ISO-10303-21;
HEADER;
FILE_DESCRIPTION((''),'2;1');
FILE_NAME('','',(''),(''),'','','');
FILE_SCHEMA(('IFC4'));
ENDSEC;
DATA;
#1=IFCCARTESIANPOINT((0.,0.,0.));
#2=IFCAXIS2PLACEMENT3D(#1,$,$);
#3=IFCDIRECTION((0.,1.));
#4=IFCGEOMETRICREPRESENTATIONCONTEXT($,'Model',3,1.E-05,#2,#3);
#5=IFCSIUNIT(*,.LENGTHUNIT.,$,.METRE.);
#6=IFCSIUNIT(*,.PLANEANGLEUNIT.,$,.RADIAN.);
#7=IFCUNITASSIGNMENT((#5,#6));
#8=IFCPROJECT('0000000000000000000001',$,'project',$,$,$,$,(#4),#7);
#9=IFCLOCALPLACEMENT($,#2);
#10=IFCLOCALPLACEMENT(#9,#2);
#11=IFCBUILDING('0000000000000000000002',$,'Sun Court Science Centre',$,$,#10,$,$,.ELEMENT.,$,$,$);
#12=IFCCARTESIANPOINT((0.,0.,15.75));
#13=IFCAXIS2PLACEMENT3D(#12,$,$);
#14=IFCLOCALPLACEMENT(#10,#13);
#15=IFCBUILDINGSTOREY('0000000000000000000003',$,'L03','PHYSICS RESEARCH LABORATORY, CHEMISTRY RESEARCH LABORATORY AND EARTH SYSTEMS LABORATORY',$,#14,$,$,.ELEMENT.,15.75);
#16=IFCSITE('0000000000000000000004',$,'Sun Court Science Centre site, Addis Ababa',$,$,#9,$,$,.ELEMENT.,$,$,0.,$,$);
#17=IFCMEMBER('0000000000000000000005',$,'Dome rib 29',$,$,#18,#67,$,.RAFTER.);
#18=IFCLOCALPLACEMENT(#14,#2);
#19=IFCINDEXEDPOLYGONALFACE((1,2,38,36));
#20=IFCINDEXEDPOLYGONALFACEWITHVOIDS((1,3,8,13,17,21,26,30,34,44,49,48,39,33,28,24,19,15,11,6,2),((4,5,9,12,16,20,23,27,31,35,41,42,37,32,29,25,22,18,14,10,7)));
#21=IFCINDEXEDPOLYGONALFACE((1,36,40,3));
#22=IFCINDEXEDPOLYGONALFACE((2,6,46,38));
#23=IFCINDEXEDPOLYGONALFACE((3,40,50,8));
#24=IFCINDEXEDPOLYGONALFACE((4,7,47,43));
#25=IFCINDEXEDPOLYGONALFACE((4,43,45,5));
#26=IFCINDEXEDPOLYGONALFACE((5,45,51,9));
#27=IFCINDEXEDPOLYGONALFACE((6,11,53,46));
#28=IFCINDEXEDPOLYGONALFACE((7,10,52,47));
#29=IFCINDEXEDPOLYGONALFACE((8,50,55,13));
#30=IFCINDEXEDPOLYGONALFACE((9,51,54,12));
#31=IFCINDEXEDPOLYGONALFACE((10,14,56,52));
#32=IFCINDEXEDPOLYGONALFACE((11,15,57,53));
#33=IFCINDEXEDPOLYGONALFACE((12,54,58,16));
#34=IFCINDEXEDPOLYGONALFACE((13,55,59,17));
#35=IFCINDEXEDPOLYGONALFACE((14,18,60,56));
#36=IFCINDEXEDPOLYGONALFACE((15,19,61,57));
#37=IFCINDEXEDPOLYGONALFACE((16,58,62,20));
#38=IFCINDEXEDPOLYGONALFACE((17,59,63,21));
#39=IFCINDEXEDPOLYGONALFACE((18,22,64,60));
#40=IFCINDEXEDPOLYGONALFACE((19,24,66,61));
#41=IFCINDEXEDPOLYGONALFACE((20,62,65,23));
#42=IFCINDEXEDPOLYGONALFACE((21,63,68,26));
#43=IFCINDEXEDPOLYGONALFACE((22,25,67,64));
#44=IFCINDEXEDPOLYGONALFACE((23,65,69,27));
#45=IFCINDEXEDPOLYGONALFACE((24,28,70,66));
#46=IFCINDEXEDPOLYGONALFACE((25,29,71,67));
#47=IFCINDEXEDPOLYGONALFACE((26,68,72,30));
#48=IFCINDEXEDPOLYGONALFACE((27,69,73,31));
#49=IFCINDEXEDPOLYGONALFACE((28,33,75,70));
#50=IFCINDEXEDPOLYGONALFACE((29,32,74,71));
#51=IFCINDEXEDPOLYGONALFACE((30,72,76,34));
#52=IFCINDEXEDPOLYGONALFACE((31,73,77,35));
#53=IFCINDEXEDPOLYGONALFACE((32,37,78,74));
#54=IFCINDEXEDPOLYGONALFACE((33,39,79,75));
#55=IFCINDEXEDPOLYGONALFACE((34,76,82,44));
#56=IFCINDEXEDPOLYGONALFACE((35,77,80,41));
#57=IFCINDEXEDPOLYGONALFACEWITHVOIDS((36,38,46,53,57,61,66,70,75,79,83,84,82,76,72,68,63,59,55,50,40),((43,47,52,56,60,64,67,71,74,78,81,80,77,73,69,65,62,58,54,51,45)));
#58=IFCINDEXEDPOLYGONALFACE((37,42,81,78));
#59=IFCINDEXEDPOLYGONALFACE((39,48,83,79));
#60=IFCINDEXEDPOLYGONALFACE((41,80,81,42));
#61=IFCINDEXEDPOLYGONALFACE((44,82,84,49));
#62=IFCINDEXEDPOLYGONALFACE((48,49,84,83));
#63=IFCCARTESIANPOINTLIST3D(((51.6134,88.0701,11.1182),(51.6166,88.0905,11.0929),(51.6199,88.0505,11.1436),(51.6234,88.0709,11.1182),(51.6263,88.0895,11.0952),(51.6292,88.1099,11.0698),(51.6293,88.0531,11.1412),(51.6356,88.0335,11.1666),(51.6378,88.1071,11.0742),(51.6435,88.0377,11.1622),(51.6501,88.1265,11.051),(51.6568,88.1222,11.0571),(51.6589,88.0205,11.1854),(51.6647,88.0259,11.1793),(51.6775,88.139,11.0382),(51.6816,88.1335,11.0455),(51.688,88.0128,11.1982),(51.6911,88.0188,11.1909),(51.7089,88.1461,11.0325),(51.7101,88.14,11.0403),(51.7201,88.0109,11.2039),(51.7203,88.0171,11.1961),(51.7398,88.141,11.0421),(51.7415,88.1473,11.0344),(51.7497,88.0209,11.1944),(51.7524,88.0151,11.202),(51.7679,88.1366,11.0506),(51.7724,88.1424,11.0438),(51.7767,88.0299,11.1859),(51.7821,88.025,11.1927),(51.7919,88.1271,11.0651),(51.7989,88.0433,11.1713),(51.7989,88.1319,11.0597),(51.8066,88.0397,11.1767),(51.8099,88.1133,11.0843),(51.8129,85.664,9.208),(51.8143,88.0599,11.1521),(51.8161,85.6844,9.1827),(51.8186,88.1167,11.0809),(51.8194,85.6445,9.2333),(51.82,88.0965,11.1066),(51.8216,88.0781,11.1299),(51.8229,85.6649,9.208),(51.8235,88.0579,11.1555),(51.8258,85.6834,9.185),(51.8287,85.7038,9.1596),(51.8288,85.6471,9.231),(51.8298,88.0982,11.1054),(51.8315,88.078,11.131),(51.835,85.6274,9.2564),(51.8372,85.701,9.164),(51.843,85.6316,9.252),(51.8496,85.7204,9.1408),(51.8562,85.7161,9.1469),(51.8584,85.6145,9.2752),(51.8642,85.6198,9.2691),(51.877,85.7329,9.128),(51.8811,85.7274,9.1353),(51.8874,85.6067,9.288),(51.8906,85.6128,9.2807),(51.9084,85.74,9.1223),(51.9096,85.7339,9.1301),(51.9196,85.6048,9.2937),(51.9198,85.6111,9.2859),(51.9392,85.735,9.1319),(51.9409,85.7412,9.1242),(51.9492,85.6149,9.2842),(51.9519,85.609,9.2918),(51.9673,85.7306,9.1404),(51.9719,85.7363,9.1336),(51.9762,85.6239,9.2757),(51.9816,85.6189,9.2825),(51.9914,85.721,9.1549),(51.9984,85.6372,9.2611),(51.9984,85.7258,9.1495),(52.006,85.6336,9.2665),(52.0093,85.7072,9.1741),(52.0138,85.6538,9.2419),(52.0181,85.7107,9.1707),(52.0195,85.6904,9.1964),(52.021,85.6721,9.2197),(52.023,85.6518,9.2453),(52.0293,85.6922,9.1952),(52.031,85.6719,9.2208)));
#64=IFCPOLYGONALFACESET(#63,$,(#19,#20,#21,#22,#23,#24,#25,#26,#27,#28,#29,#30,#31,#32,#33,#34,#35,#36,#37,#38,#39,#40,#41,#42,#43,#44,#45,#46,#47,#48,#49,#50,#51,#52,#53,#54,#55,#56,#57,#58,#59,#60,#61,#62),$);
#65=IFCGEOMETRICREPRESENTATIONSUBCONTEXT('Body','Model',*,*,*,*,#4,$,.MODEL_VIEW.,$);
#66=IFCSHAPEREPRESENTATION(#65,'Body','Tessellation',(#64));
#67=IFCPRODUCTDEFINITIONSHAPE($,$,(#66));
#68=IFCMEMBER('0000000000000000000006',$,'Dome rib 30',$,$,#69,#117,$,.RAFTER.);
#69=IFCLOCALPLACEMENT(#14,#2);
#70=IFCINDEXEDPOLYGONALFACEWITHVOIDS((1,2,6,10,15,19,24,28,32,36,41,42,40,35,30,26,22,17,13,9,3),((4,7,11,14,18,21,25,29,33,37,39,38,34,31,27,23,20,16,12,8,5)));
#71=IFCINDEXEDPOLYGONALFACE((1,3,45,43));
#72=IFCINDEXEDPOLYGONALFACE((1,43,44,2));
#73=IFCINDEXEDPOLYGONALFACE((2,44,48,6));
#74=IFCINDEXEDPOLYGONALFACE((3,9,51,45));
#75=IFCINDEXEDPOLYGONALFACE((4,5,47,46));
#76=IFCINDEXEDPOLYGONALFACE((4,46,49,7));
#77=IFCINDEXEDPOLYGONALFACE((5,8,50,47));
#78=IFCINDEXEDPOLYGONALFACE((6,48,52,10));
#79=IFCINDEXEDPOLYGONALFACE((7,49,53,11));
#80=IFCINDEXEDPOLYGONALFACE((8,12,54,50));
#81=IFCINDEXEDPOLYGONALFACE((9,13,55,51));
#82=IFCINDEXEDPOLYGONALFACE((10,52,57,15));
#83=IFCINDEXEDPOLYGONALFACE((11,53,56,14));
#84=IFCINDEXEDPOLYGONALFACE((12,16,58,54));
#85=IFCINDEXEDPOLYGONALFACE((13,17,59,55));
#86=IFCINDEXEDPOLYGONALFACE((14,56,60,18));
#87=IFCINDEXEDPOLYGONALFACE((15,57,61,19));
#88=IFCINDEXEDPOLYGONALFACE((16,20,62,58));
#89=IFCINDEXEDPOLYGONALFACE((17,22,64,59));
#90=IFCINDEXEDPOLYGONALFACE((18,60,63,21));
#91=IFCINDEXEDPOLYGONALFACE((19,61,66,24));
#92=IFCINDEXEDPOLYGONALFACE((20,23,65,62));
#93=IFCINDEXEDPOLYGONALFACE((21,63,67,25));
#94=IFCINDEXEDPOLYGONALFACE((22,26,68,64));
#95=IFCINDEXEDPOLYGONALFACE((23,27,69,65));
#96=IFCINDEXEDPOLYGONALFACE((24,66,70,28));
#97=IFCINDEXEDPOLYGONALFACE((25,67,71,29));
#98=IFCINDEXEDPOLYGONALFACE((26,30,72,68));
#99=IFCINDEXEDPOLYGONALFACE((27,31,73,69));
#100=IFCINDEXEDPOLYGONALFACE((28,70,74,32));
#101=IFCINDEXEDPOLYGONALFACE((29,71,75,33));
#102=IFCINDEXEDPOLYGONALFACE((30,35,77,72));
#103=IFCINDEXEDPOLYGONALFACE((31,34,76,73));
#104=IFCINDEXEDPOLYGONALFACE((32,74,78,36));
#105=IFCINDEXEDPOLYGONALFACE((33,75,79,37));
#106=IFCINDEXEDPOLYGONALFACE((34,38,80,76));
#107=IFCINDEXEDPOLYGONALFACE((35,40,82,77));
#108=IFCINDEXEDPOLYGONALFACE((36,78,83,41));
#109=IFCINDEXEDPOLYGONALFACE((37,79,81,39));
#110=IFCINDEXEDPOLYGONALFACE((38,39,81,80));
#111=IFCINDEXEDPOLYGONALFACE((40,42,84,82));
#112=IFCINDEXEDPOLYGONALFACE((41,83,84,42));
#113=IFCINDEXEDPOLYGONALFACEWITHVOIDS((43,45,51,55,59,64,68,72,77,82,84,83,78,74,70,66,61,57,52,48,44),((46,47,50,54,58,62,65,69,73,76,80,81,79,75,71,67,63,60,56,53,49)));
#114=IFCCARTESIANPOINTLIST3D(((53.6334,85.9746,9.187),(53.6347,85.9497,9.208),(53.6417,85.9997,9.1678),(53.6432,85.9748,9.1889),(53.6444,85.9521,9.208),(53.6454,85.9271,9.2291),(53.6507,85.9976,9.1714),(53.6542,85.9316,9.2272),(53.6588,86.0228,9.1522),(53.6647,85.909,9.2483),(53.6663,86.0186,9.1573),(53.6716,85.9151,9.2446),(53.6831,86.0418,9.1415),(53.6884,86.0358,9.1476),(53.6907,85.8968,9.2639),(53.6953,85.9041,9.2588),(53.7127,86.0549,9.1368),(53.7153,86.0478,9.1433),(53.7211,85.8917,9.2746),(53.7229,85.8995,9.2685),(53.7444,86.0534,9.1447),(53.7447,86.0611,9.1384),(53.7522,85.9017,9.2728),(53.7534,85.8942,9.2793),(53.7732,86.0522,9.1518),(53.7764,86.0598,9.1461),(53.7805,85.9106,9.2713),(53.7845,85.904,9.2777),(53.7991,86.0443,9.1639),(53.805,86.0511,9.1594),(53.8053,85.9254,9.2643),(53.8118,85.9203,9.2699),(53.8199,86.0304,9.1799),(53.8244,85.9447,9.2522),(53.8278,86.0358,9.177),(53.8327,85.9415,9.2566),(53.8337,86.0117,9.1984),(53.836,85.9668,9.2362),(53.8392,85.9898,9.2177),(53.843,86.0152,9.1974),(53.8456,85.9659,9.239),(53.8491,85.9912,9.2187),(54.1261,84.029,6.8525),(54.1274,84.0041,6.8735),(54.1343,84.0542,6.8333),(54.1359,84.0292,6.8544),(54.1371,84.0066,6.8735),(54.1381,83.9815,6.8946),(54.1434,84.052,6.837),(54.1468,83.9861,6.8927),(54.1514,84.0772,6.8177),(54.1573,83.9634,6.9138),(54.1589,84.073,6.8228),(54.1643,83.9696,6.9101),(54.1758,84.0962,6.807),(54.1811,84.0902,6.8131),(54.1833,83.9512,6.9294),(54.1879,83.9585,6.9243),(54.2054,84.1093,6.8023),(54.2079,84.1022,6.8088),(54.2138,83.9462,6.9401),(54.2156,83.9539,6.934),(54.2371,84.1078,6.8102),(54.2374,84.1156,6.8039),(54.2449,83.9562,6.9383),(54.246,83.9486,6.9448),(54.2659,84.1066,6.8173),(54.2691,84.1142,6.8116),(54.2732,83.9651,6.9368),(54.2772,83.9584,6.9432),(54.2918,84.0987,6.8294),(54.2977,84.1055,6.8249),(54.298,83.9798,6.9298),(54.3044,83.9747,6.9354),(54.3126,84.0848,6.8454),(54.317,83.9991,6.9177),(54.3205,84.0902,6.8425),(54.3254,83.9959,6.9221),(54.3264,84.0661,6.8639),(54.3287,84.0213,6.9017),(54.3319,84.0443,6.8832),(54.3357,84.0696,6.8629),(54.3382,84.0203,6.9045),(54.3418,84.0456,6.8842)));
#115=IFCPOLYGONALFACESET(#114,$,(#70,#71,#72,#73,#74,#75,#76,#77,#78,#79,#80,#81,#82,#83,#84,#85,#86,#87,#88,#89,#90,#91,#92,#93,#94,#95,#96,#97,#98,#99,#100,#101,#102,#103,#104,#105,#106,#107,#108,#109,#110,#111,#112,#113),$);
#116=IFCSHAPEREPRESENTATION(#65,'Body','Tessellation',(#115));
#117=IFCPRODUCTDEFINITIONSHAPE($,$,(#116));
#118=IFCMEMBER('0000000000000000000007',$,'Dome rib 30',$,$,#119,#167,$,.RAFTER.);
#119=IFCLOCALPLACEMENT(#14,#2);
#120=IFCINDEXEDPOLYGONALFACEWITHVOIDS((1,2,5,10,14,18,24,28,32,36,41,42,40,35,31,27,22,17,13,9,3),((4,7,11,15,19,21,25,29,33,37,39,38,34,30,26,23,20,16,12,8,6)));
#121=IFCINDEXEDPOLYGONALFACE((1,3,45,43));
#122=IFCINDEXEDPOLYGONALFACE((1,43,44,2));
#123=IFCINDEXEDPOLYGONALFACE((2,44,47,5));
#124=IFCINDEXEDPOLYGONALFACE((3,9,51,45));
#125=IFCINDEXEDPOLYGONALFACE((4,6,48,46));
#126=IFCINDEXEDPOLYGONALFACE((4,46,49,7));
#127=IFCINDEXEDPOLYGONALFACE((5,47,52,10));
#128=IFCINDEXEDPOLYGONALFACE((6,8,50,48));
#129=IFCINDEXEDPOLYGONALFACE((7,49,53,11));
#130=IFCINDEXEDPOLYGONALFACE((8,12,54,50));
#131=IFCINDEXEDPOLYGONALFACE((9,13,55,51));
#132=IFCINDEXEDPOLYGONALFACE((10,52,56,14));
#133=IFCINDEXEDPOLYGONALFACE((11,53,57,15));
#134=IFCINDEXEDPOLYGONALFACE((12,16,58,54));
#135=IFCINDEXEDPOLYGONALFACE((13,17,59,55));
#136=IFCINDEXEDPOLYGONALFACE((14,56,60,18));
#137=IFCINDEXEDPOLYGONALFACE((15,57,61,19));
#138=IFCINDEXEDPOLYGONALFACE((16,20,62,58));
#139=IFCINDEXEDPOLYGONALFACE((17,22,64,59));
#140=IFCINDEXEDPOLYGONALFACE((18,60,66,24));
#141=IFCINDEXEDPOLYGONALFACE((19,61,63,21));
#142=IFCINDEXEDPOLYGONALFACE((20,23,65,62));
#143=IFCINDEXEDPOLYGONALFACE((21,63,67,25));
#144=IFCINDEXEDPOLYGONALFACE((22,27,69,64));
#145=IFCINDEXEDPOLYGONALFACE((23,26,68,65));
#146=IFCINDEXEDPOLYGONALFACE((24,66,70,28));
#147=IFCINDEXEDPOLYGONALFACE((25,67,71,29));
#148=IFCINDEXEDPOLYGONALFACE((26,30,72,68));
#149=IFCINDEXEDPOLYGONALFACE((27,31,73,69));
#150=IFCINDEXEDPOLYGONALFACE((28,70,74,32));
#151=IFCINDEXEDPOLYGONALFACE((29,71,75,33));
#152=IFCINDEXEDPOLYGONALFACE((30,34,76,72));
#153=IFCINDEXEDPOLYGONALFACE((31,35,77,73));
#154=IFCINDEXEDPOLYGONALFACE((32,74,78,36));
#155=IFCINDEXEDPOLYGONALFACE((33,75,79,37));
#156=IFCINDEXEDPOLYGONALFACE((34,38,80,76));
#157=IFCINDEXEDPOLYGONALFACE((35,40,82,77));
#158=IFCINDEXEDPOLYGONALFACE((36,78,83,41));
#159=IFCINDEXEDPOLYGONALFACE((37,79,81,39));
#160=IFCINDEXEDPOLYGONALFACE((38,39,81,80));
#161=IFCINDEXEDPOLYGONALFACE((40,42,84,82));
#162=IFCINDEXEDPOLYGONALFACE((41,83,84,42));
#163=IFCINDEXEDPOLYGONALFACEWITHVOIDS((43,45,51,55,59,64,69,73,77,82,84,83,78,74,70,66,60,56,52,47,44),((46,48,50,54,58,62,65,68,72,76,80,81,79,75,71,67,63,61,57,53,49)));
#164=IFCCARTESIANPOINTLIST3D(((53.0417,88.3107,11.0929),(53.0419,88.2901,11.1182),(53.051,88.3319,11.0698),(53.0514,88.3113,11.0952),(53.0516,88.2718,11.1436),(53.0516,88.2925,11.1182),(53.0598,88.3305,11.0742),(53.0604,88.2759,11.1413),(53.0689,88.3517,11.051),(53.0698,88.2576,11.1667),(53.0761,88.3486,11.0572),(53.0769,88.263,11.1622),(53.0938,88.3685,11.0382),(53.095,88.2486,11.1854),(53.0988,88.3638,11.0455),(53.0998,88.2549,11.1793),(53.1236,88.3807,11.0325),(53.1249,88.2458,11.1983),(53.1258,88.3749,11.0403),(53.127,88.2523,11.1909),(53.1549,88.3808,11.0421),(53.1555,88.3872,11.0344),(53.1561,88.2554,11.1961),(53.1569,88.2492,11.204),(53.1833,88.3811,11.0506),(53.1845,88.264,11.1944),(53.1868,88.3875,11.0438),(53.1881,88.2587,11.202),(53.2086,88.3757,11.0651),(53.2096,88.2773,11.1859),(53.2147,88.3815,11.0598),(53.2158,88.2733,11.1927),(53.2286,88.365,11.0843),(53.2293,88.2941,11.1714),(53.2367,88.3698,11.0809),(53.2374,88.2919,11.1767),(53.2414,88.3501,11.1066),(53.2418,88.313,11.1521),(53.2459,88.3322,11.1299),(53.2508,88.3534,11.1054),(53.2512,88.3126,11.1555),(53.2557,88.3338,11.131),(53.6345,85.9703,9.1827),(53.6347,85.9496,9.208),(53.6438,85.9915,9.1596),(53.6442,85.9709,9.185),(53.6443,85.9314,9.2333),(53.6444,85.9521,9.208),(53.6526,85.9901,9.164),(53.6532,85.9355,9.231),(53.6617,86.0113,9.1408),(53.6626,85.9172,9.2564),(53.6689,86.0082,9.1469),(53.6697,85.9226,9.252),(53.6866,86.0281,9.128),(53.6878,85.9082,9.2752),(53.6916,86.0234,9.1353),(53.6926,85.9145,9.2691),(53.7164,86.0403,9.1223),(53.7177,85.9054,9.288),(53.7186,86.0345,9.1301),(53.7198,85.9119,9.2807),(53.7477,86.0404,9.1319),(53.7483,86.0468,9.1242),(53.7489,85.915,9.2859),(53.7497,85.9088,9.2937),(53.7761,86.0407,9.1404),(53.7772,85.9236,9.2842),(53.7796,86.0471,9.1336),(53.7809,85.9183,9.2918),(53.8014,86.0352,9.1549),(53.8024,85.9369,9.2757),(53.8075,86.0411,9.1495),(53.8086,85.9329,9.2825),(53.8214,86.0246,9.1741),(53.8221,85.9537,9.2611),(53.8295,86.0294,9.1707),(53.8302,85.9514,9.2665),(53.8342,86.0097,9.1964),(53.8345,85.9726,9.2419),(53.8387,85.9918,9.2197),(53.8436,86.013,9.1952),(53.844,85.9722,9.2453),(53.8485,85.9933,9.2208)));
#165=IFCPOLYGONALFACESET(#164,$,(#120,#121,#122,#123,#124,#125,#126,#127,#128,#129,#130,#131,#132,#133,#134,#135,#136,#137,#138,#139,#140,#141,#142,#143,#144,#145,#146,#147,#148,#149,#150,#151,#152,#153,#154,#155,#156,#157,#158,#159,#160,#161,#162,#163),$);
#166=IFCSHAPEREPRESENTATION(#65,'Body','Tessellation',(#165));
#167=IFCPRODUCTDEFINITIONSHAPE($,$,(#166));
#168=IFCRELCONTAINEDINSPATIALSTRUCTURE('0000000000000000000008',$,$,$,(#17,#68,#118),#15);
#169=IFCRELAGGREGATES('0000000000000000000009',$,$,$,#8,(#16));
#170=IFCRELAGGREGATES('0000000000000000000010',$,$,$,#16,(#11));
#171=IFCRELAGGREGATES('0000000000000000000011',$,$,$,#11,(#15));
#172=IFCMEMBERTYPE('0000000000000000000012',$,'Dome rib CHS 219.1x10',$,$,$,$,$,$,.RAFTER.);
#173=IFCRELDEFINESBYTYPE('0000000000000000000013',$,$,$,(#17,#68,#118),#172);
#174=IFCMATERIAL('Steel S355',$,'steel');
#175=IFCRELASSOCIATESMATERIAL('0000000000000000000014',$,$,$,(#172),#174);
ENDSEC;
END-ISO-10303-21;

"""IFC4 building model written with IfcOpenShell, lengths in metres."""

from ifc_helpers import new_model, si_unit, direction, frame, origin, origin_2d, place, context, subcontext, project, spatial, hollow_circle, extrude, material, material_profile, profile_set, type_object, element, save


model = new_model("IFC4")

# Units and contexts
model_context = context("Model", 3, precision=1e-05, world=origin(), true_north=direction((0.0, 1.0)))
body_context = subcontext(model_context, "Body", "Model", "MODEL_VIEW")
ifc_project = project(units=[si_unit("LENGTHUNIT", "METRE"), si_unit("PLANEANGLEUNIT", "RADIAN")], contexts=[model_context])

# Site, building, storey
site_placement = place(None, origin())
site = spatial("IfcSite", under=ifc_project, at=site_placement, Name="Sun Court Science Centre site, Addis Ababa", CompositionType="ELEMENT", RefElevation=0.0)
building_placement = place(site_placement, origin())
building = spatial("IfcBuilding", under=site, at=building_placement, Name="Sun Court Science Centre", CompositionType="ELEMENT")
storey_placement = place(building_placement, frame((0.0, 0.0, 15.75)))
storey = spatial("IfcBuildingStorey", under=building, at=storey_placement, Name="L03", Description="PHYSICS RESEARCH LABORATORY, CHEMISTRY RESEARCH LABORATORY AND EARTH SYSTEMS LABORATORY", CompositionType="ELEMENT", Elevation=15.75)

# Members
ifc_material_1 = material(Name="Steel S355", Category="steel")
ifc_material_profile_1 = material_profile(ifc_material_1, hollow_circle(Radius=0.1096, WallThickness=0.01, at=origin_2d()), Name="CHS 219.1x10")
ifc_profile_set_1 = profile_set([ifc_material_profile_1], Name="Steel S355")
member_type_1 = type_object("IfcMemberType", Name="Dome rib CHS 219.1x10", PredefinedType="RAFTER", material=ifc_profile_set_1)
for number, where, z_axis, x_axis, name in (
    (1, (51.9221, 85.6731, 9.208), (-0.064792, 0.781544, 0.620477), (-0.996581, -0.082619, 0.0), "Dome rib 29"),
    (2, (54.2336, 84.031, 6.8735), (-0.160033, 0.631965, 0.758294), (-0.969401, -0.245483, 0.0), "Dome rib 30"),
    (3, (53.741, 85.9766, 9.208), (-0.192552, 0.760216, 0.620481), (-0.969388, -0.245533, 0.0), "Dome rib 30"),
):
    element("IfcMember", number, at=place(storey_placement, frame(where, z_axis=z_axis, x_axis=x_axis)), inside=storey, type_object=member_type_1, Name=name, PredefinedType="RAFTER", context=body_context, shape_type="SweptSolid", body=[
        extrude(hollow_circle(Radius=0.1096, WallThickness=0.01, at=origin_2d()), origin(), (0.0, 0.0, 1.0), 3.0786),
    ])

save(model, "model.ifc")
